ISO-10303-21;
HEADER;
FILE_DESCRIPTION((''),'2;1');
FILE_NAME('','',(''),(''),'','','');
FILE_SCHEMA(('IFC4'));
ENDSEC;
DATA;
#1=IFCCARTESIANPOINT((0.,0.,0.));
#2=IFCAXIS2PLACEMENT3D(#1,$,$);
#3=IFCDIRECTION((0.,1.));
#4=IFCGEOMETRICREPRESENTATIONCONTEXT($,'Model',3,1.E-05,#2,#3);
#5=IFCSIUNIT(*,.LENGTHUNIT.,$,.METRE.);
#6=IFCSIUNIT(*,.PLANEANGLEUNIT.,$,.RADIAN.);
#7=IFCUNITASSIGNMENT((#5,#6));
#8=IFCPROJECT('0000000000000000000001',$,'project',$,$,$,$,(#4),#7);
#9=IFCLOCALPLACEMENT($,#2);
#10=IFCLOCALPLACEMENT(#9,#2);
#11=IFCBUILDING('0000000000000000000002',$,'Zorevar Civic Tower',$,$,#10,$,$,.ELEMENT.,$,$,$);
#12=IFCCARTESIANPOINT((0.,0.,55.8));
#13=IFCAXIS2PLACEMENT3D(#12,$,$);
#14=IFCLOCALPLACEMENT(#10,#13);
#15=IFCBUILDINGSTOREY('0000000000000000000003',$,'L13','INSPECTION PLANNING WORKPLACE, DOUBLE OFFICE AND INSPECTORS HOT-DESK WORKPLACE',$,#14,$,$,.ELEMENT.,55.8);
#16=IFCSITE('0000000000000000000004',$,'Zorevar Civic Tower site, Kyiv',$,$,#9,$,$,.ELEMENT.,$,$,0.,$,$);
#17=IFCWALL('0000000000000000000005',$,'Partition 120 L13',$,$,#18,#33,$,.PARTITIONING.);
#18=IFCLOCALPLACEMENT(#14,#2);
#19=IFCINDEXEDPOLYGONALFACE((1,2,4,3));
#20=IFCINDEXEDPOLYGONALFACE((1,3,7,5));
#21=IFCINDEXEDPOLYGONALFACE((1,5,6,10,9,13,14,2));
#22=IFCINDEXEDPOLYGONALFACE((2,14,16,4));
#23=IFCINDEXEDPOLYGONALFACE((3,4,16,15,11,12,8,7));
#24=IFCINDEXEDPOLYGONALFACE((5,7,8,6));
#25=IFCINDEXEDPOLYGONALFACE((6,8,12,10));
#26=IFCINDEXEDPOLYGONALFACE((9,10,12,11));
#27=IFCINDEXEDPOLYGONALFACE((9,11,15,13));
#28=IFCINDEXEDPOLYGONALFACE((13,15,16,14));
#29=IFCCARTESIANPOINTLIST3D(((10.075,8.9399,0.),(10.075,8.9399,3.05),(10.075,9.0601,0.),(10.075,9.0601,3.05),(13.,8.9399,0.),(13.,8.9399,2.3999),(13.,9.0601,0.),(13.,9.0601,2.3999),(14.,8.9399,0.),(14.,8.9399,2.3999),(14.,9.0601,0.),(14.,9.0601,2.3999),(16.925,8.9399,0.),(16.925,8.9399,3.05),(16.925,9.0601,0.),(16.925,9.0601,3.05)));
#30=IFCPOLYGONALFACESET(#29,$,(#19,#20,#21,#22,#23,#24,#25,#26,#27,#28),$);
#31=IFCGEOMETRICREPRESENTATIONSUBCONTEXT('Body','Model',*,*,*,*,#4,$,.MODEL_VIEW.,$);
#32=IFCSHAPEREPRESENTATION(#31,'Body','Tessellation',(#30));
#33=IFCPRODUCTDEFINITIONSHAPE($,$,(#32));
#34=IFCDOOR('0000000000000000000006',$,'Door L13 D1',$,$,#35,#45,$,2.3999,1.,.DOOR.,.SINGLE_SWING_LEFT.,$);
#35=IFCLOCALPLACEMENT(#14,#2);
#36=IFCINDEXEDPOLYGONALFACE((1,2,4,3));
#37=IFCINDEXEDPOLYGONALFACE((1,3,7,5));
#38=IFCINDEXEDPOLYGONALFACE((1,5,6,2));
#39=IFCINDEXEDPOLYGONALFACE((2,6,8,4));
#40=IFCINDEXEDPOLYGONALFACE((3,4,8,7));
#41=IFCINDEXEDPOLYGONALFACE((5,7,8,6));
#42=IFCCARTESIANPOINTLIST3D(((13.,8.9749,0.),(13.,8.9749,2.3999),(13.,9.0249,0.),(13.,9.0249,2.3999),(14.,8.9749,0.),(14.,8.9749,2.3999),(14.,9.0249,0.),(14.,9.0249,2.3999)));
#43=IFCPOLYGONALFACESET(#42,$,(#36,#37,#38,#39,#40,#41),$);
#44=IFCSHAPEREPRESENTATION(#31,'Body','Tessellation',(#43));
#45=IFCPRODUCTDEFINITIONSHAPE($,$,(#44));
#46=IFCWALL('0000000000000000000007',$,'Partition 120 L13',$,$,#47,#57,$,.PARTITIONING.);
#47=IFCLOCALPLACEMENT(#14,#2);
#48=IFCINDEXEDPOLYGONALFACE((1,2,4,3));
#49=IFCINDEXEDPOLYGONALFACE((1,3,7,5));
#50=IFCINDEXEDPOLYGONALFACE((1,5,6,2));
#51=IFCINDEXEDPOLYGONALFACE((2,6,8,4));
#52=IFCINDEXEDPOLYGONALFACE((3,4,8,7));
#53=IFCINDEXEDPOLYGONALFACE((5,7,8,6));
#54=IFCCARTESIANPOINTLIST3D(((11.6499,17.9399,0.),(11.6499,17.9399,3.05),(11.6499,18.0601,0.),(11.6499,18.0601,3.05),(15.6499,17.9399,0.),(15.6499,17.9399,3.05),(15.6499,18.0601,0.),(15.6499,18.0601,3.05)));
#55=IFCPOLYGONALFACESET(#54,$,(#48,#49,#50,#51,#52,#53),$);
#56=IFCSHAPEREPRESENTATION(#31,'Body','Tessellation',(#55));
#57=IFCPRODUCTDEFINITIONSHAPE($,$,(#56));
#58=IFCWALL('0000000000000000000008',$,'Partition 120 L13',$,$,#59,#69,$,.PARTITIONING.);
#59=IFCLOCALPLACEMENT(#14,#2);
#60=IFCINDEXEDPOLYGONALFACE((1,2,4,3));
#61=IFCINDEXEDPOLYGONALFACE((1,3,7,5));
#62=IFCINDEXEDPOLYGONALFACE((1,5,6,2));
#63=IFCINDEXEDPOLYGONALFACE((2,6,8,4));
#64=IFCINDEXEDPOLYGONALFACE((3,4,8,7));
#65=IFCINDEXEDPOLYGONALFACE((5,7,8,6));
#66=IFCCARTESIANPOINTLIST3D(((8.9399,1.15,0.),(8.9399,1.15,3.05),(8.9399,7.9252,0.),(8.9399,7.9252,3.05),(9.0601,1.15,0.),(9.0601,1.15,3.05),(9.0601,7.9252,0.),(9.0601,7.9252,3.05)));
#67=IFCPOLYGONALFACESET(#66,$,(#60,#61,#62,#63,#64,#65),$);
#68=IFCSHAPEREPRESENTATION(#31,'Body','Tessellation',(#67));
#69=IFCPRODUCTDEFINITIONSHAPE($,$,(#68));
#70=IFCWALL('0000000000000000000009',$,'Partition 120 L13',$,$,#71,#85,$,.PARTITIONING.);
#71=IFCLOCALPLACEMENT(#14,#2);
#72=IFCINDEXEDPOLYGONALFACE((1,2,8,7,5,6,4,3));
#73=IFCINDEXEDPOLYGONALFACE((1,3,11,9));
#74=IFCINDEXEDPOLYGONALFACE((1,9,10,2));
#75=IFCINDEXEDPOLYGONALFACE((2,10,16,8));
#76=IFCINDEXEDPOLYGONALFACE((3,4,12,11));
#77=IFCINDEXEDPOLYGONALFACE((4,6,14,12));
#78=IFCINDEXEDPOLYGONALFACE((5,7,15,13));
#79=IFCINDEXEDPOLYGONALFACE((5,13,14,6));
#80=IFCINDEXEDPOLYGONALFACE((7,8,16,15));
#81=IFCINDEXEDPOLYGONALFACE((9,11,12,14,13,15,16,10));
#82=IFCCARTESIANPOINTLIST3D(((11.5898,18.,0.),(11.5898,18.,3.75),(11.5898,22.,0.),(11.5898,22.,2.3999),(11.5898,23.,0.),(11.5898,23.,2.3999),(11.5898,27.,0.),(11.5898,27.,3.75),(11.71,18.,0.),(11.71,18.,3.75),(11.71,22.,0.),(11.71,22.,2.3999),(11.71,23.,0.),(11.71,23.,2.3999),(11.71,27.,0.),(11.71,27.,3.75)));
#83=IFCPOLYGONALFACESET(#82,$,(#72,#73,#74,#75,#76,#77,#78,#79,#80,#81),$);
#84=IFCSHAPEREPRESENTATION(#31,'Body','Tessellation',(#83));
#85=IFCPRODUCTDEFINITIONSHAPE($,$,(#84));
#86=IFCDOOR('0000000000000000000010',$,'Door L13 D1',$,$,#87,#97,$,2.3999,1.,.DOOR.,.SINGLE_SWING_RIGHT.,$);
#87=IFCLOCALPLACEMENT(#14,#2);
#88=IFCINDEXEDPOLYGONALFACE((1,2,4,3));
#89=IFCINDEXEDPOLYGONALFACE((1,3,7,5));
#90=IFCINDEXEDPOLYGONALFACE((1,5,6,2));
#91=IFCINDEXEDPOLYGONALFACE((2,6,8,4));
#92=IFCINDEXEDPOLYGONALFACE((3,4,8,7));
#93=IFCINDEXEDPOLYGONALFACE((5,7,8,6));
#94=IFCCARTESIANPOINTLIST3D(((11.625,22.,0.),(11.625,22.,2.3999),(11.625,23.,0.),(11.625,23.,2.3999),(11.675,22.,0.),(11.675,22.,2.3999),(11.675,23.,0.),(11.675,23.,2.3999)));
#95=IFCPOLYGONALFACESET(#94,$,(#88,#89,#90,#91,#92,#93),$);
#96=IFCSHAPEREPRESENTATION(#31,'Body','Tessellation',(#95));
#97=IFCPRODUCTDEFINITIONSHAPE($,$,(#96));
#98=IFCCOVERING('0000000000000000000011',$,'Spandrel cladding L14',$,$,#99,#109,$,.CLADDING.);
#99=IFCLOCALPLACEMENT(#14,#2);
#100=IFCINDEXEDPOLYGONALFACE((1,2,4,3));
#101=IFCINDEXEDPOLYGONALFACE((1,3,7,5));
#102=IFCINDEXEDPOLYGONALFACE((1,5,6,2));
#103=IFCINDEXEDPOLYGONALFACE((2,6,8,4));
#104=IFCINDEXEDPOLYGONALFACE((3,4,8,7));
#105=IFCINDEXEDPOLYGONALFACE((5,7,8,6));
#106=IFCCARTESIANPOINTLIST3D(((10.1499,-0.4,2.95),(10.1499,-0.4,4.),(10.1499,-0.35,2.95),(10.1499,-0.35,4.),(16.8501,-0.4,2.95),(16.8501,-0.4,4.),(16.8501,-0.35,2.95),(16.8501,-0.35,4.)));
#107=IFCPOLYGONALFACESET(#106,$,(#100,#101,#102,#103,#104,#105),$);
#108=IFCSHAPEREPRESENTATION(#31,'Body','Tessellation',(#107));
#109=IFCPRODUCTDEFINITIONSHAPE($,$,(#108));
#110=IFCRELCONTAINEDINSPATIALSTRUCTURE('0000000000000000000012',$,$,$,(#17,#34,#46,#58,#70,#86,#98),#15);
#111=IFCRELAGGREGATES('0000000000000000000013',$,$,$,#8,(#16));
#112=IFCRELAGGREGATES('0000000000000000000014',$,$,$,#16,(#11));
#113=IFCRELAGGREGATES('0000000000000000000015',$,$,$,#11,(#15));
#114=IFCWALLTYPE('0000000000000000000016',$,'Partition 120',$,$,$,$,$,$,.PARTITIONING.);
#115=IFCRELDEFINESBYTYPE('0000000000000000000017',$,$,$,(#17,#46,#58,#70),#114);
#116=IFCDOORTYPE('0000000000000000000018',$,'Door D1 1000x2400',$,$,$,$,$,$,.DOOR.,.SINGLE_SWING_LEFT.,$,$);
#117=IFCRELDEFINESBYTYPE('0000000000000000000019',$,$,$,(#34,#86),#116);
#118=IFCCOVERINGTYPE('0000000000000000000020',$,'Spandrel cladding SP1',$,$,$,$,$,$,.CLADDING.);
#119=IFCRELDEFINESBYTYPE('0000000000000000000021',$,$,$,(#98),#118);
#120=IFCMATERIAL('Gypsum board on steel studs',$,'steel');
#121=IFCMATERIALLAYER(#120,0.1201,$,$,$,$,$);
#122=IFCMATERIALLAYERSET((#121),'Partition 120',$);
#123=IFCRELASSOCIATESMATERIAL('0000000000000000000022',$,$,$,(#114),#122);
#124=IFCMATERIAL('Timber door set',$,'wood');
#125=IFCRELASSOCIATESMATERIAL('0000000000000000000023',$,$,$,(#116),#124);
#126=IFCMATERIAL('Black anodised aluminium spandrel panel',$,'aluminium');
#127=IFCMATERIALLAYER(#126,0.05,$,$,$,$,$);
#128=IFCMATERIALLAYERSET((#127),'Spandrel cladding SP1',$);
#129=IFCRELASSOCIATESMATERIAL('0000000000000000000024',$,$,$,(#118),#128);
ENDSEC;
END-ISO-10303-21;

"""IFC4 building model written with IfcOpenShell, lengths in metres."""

from ifc_helpers import new_model, si_unit, direction, frame, frame_2d, origin, place, context, subcontext, project, spatial, rectangle, extrude, material, layer, layer_set, type_object, element, fill, save


model = new_model("IFC4")

# Units and contexts
model_context = context("Model", 3, precision=1e-05, world=origin(), true_north=direction((0.0, 1.0)))
body_context = subcontext(model_context, "Body", "Model", "MODEL_VIEW")
ifc_project = project(units=[si_unit("LENGTHUNIT", "METRE"), si_unit("PLANEANGLEUNIT", "RADIAN")], contexts=[model_context])

# Site, building, storey
site_placement = place(None, origin())
site = spatial("IfcSite", under=ifc_project, at=site_placement, Name="Zorevar Civic Tower site, Kyiv", CompositionType="ELEMENT", RefElevation=0.0)
building_placement = place(site_placement, origin())
building = spatial("IfcBuilding", under=site, at=building_placement, Name="Zorevar Civic Tower", CompositionType="ELEMENT")
storey_placement = place(building_placement, frame((0.0, 0.0, 55.8)))
storey = spatial("IfcBuildingStorey", under=building, at=storey_placement, Name="L13", Description="INSPECTION PLANNING WORKPLACE, DOUBLE OFFICE AND INSPECTORS HOT-DESK WORKPLACE", CompositionType="ELEMENT", Elevation=55.8)

# Wall, opening, door
ifc_material_1 = material(Name="Gypsum board on steel studs", Category="steel")
ifc_layer_1 = layer(ifc_material_1, 0.1201)
ifc_layer_set_1 = layer_set([ifc_layer_1], Name="Partition 120")
wall_type_1 = type_object("IfcWallType", Name="Partition 120", PredefinedType="PARTITIONING", material=ifc_layer_set_1)
wall_1_placement = place(storey_placement, frame((10.075, 9.0, 0.0), z_axis=(0.0, 0.0, 1.0), x_axis=(1.0, 0.0, 0.0)))
wall_1 = element("IfcWall", 1, at=wall_1_placement, inside=storey, type_object=wall_type_1, Name="Partition 120 L13", PredefinedType="PARTITIONING", context=body_context, shape_type="SweptSolid", body=[
    extrude(rectangle(XDim=6.8501, YDim=0.1201, at=frame_2d((3.425, 0.0))), origin(), (0.0, 0.0, 1.0), 3.05),
])
opening_1_placement = place(wall_1_placement, frame((2.925, 0.0, 0.0)))
opening_1 = element("IfcOpeningElement", 2, at=opening_1_placement, cuts=wall_1, PredefinedType="OPENING", context=body_context, shape_type="SweptSolid", body=[
    extrude(rectangle(XDim=1.0, YDim=2.3999, at=frame_2d((0.5, 1.2))), frame((0.0, 0.0701, 0.0), z_axis=(0.0, -1.0, 0.0), x_axis=(1.0, 0.0, 0.0)), (0.0, 0.0, 1.0), 0.1401),
])
ifc_material_2 = material(Name="Timber door set", Category="wood")
door_type = type_object("IfcDoorType", Name="Door D1 1000x2400", OperationType="SINGLE_SWING_LEFT", PredefinedType="DOOR", material=ifc_material_2)
door_1_placement = place(opening_1_placement, origin())
door_1 = element("IfcDoor", 3, at=door_1_placement, inside=storey, type_object=door_type, Name="Door L13 D1", OperationType="SINGLE_SWING_LEFT", OverallHeight=2.3999, OverallWidth=1.0, PredefinedType="DOOR", context=body_context, shape_type="SweptSolid", body=[
    extrude(rectangle(XDim=1.0, YDim=2.3999, at=frame_2d((0.5, 1.2))), frame((0.0, 0.0249, 0.0), z_axis=(0.0, -1.0, 0.0), x_axis=(1.0, 0.0, 0.0)), (0.0, 0.0, 1.0), 0.05),
])
fill(opening_1, door_1)

# Walls
wall_2_placement = place(storey_placement, frame((11.6499, 18.0, 0.0), z_axis=(0.0, 0.0, 1.0), x_axis=(1.0, 0.0, 0.0)))
element("IfcWall", 4, at=wall_2_placement, inside=storey, type_object=wall_type_1, Name="Partition 120 L13", PredefinedType="PARTITIONING", context=body_context, shape_type="SweptSolid", body=[
    extrude(rectangle(XDim=4.0, YDim=0.1201, at=frame_2d((2.0, 0.0))), origin(), (0.0, 0.0, 1.0), 3.05),
])
wall_3_placement = place(storey_placement, frame((9.0, 1.1499, 0.0), z_axis=(0.0, 0.0, 1.0), x_axis=(0.0, 1.0, 0.0)))
element("IfcWall", 5, at=wall_3_placement, inside=storey, type_object=wall_type_1, Name="Partition 120 L13", PredefinedType="PARTITIONING", context=body_context, shape_type="SweptSolid", body=[
    extrude(rectangle(XDim=6.7751, YDim=0.1201, at=frame_2d((3.3877, 0.0))), origin(), (0.0, 0.0, 1.0), 3.05),
])

# Wall, opening, door
wall_4_placement = place(storey_placement, frame((11.6499, 18.0, 0.0), z_axis=(0.0, 0.0, 1.0), x_axis=(0.0, 1.0, 0.0)))
wall_4 = element("IfcWall", 6, at=wall_4_placement, inside=storey, type_object=wall_type_1, Name="Partition 120 L13", PredefinedType="PARTITIONING", context=body_context, shape_type="SweptSolid", body=[
    extrude(rectangle(XDim=9.0, YDim=0.1201, at=frame_2d((4.5, 0.0))), origin(), (0.0, 0.0, 1.0), 3.75),
])
opening_2_placement = place(wall_4_placement, frame((4.0, 0.0, 0.0)))
opening_2 = element("IfcOpeningElement", 7, at=opening_2_placement, cuts=wall_4, PredefinedType="OPENING", context=body_context, shape_type="SweptSolid", body=[
    extrude(rectangle(XDim=1.0, YDim=2.3999, at=frame_2d((0.5, 1.2))), frame((0.0, 0.0701, 0.0), z_axis=(0.0, -1.0, 0.0), x_axis=(1.0, 0.0, 0.0)), (0.0, 0.0, 1.0), 0.1401),
])
door_2_placement = place(opening_2_placement, origin())
door_2 = element("IfcDoor", 8, at=door_2_placement, inside=storey, type_object=door_type, Name="Door L13 D1", OperationType="SINGLE_SWING_RIGHT", OverallHeight=2.3999, OverallWidth=1.0, PredefinedType="DOOR", context=body_context, shape_type="SweptSolid", body=[
    extrude(rectangle(XDim=1.0, YDim=2.3999, at=frame_2d((0.5, 1.2))), frame((0.0, 0.0249, 0.0), z_axis=(0.0, -1.0, 0.0), x_axis=(1.0, 0.0, 0.0)), (0.0, 0.0, 1.0), 0.05),
])
fill(opening_2, door_2)

# Covering
ifc_material_3 = material(Name="Black anodised aluminium spandrel panel", Category="aluminium")
ifc_layer_2 = layer(ifc_material_3, 0.05)
ifc_layer_set_2 = layer_set([ifc_layer_2], Name="Spandrel cladding SP1")
covering_type = type_object("IfcCoveringType", Name="Spandrel cladding SP1", PredefinedType="CLADDING", material=ifc_layer_set_2)
covering_placement = place(storey_placement, frame((10.1499, -0.375, 2.95), z_axis=(0.0, 0.0, 1.0), x_axis=(1.0, 0.0, 0.0)))
element("IfcCovering", 9, at=covering_placement, inside=storey, type_object=covering_type, Name="Spandrel cladding L14", PredefinedType="CLADDING", context=body_context, shape_type="SweptSolid", body=[
    extrude(rectangle(XDim=6.7002, YDim=0.05, at=frame_2d((3.3501, 0.0))), origin(), (0.0, 0.0, 1.0), 1.05),
])

save(model, "model.ifc")
